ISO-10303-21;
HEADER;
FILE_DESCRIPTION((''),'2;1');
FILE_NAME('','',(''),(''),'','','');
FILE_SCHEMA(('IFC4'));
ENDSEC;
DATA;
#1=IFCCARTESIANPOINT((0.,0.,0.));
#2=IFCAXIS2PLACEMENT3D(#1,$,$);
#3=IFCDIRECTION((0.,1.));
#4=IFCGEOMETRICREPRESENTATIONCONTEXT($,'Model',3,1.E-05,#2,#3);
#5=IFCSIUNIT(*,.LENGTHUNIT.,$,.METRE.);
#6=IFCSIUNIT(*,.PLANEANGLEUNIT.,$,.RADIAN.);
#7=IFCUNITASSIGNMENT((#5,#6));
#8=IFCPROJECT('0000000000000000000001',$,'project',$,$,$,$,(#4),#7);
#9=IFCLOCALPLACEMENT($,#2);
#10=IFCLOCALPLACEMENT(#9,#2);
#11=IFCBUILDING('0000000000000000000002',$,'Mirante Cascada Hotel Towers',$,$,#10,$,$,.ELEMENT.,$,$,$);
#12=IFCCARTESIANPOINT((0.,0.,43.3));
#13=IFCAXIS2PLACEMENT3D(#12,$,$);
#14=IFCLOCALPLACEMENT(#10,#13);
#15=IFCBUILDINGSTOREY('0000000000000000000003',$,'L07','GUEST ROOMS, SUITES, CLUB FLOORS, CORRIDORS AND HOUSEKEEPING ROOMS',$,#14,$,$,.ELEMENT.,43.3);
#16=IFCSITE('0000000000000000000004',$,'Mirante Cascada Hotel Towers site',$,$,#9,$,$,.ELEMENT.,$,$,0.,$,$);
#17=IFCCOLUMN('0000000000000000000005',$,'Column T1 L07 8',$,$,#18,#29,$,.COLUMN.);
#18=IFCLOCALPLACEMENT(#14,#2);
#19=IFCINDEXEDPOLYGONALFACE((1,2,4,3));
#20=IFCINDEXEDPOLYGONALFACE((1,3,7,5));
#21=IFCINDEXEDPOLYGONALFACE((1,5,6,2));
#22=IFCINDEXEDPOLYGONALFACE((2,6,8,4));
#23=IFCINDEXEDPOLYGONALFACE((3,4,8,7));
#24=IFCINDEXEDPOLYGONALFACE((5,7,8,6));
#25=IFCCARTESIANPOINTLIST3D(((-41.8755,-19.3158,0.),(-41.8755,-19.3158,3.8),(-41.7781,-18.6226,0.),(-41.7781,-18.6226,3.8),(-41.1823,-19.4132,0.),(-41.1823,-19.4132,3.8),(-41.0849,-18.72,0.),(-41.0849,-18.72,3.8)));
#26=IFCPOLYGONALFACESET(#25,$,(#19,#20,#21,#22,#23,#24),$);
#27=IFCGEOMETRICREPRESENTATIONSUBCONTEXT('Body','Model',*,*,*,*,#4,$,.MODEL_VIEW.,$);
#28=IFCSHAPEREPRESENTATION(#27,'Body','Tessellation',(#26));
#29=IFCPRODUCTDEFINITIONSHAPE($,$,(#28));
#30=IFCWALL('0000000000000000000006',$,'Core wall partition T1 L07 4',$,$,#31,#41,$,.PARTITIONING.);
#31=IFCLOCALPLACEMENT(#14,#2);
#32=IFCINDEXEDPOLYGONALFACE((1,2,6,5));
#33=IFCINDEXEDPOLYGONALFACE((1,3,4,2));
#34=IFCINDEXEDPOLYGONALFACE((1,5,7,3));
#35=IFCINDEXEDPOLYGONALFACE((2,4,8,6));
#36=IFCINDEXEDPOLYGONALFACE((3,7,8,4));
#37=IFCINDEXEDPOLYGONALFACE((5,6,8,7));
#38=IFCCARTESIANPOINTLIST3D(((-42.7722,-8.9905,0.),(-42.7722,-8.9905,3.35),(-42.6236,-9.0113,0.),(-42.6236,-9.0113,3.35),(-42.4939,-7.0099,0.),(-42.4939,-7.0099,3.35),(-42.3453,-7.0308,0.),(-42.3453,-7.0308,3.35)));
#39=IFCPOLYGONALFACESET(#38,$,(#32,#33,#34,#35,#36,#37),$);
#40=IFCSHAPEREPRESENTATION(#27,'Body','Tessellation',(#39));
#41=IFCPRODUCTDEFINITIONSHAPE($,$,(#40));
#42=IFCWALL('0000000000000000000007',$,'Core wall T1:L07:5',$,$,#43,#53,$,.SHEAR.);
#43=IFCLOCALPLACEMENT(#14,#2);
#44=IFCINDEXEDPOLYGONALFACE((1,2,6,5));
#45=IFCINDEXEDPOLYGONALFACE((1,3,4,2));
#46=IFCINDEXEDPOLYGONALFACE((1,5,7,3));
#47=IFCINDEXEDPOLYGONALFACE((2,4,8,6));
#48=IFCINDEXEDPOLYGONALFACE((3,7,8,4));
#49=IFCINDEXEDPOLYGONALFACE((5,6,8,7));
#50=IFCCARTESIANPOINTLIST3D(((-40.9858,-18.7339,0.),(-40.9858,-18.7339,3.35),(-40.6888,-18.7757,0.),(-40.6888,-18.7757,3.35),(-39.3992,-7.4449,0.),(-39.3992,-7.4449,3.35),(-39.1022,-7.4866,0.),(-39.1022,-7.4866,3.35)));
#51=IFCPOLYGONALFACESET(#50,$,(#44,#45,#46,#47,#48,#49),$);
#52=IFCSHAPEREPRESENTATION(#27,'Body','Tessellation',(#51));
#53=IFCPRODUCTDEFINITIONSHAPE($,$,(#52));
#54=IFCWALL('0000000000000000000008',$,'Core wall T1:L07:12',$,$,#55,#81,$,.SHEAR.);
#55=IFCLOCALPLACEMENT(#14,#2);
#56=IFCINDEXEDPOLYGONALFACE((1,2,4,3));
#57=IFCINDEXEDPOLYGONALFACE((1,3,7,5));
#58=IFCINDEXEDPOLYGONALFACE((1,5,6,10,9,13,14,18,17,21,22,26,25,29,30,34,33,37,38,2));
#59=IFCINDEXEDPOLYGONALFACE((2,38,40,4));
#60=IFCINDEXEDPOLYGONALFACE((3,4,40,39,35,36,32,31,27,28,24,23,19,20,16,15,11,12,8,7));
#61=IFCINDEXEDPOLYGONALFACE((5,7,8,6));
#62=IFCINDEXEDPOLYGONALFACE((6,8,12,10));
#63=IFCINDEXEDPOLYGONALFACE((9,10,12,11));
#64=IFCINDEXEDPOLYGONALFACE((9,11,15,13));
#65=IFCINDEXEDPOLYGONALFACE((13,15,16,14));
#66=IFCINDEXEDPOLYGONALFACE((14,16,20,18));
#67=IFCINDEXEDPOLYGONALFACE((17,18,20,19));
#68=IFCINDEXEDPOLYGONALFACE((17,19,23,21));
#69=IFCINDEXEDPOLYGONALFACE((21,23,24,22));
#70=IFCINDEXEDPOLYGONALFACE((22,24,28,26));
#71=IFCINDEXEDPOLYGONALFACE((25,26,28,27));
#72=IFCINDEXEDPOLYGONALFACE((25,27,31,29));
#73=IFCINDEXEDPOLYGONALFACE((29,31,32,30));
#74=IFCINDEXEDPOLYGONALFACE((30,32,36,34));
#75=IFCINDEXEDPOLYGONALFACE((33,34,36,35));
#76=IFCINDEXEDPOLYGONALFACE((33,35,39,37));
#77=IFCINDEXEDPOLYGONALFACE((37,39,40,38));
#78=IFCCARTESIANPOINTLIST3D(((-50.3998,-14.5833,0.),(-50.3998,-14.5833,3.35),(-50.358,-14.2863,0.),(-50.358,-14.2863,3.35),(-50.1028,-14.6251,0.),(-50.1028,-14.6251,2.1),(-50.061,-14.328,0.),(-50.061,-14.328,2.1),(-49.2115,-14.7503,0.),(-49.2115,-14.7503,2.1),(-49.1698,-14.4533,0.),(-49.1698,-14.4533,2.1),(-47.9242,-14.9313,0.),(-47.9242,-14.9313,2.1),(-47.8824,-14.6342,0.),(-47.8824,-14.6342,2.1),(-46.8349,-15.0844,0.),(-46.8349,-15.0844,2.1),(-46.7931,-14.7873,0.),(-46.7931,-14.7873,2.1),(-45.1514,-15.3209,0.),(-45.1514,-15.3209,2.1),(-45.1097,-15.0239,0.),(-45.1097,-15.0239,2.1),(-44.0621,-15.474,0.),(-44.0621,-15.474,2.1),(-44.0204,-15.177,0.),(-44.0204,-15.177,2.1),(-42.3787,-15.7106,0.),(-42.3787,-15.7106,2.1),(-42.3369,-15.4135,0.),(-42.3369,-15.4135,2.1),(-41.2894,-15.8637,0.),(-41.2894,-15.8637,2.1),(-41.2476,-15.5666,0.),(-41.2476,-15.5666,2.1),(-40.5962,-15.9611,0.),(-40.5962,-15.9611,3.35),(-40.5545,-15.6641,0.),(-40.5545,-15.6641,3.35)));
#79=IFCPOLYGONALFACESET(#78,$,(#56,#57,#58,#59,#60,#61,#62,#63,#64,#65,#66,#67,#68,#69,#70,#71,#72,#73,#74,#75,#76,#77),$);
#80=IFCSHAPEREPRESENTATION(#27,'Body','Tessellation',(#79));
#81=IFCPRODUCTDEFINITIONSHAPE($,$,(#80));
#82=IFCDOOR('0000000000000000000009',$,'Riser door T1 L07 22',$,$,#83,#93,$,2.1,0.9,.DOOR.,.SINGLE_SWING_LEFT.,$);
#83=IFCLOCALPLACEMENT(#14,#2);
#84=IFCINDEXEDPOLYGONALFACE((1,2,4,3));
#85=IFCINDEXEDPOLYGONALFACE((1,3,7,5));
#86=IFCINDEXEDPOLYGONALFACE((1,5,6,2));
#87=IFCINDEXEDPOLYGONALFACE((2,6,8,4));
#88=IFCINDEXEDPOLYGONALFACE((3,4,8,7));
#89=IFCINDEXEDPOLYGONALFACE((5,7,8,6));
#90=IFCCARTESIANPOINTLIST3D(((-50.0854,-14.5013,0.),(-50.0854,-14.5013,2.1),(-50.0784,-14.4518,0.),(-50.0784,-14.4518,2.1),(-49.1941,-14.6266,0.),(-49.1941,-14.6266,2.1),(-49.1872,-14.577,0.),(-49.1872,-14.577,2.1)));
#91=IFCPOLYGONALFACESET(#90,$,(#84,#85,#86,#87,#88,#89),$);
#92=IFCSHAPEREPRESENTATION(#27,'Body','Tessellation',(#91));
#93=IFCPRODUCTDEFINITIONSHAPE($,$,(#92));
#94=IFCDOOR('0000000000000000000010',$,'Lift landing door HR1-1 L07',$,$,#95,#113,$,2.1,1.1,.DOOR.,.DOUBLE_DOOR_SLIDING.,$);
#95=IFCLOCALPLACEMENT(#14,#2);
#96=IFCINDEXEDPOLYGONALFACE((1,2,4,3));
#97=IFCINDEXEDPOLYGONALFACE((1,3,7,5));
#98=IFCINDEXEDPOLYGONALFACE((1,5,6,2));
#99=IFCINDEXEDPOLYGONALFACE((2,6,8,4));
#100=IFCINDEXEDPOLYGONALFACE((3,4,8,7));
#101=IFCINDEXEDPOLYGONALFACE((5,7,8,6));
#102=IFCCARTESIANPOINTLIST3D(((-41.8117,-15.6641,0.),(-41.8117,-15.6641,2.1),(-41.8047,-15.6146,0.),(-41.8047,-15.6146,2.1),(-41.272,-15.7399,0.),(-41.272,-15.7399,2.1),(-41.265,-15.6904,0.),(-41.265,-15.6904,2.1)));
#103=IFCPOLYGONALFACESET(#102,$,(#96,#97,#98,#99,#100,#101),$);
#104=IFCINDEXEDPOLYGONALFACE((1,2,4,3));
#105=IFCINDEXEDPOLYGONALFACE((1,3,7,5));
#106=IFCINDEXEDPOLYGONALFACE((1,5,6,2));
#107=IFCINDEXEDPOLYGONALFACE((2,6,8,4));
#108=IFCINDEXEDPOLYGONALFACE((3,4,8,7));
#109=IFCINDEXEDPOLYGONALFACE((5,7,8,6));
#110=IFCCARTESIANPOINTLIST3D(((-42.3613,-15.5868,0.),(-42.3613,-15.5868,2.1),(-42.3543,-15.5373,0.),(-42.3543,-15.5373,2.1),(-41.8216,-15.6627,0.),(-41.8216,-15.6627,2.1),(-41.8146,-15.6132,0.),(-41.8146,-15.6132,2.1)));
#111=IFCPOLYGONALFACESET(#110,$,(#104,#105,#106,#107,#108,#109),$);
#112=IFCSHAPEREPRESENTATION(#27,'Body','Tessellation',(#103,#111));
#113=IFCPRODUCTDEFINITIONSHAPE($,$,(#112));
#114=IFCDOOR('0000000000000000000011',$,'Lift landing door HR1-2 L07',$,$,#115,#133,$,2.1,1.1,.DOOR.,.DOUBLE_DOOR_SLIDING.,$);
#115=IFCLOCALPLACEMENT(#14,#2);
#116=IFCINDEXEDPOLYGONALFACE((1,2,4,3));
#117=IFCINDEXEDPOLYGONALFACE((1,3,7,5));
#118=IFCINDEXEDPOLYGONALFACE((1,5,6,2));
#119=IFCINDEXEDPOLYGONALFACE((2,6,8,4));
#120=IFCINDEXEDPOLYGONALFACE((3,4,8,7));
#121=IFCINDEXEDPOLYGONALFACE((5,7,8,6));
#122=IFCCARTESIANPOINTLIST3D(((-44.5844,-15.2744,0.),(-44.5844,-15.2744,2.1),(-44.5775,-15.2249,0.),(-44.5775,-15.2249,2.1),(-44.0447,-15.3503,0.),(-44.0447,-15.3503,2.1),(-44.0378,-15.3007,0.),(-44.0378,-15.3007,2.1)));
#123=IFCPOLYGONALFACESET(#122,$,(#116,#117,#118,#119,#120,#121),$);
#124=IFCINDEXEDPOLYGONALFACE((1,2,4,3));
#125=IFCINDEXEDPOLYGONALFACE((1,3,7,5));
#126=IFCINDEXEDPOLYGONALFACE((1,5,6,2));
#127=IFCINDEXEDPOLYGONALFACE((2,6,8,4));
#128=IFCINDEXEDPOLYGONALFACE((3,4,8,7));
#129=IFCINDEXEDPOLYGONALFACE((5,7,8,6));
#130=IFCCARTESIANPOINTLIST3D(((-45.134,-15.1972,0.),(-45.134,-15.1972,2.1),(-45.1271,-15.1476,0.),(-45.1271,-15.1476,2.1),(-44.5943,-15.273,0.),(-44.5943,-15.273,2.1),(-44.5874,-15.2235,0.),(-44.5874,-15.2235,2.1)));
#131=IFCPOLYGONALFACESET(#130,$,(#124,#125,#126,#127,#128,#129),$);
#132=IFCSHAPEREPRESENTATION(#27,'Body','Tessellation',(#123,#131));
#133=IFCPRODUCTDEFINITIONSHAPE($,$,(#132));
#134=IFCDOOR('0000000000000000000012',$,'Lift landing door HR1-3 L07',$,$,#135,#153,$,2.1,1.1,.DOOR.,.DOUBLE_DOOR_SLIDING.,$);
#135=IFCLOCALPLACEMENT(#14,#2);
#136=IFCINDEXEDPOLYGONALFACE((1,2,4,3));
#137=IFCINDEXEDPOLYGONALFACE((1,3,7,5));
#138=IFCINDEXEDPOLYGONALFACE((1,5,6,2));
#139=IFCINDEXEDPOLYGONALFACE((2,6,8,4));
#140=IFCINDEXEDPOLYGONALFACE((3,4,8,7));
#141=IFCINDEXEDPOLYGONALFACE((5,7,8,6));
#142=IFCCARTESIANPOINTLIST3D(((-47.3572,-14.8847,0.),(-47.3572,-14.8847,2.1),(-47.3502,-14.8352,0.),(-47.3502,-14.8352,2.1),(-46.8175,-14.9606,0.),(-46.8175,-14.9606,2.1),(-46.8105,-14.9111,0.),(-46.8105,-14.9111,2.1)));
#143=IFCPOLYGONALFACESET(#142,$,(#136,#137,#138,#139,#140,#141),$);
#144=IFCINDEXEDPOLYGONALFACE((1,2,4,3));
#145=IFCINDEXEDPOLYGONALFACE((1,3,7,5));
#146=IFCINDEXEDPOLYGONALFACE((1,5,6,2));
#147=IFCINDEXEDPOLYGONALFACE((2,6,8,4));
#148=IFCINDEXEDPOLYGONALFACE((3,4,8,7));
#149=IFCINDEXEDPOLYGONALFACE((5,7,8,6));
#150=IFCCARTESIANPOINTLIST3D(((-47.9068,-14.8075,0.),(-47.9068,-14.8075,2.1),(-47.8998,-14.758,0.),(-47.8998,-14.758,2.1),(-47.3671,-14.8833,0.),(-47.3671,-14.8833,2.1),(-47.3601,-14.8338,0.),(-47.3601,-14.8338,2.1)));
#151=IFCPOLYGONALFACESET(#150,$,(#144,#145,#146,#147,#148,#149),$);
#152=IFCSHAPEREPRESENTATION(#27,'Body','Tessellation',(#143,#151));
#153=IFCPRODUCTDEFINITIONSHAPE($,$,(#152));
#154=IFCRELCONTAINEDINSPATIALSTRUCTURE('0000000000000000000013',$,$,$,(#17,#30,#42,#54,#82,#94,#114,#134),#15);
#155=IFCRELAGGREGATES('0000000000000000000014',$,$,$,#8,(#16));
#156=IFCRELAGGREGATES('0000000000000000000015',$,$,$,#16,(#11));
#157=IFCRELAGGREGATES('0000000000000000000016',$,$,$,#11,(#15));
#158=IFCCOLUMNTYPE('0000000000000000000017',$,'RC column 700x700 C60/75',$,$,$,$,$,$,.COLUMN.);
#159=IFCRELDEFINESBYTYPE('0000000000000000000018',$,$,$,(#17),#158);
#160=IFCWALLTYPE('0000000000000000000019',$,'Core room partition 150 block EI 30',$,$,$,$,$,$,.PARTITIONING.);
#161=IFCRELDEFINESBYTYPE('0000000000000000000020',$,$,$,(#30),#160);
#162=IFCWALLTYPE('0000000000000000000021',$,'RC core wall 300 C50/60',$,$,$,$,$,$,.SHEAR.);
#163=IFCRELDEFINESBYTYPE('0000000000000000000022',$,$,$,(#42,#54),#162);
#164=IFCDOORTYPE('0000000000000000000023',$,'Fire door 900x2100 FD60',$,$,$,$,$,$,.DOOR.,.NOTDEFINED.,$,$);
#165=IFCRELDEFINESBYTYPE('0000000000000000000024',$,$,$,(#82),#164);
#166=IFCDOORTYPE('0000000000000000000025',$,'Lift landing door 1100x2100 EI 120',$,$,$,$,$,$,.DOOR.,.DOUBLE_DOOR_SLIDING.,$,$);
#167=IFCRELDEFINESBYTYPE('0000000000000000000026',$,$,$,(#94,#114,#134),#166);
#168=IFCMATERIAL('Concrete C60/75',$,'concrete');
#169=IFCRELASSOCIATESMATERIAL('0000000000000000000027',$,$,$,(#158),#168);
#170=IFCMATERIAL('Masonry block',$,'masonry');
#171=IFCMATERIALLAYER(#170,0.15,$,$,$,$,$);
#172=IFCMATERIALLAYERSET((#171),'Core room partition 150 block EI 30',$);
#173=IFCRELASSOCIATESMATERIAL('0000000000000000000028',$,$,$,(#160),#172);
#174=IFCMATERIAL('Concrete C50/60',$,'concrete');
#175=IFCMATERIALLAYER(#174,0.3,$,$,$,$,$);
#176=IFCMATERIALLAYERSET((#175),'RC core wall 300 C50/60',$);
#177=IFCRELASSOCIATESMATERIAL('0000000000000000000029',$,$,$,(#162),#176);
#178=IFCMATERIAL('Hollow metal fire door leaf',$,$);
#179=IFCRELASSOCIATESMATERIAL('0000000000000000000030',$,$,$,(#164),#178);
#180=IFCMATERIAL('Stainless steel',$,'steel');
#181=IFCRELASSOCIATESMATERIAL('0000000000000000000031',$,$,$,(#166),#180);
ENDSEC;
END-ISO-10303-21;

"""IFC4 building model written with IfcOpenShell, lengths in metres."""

from ifc_helpers import new_model, si_unit, direction, frame, frame_2d, origin, origin_2d, place, context, subcontext, project, spatial, rectangle, extrude, material, layer, layer_set, material_profile, profile_set, type_object, element, fill, save


model = new_model("IFC4")

# Units and contexts
model_context = context("Model", 3, precision=1e-05, world=origin(), true_north=direction((0.0, 1.0)))
body_context = subcontext(model_context, "Body", "Model", "MODEL_VIEW")
ifc_project = project(units=[si_unit("LENGTHUNIT", "METRE"), si_unit("PLANEANGLEUNIT", "RADIAN")], contexts=[model_context])

# Site, building, storey
site_placement = place(None, origin())
site = spatial("IfcSite", under=ifc_project, at=site_placement, Name="Mirante Cascada Hotel Towers site", CompositionType="ELEMENT", RefElevation=0.0)
building_placement = place(site_placement, origin())
building = spatial("IfcBuilding", under=site, at=building_placement, Name="Mirante Cascada Hotel Towers", CompositionType="ELEMENT")
storey_placement = place(building_placement, frame((0.0, 0.0, 43.3)))
storey = spatial("IfcBuildingStorey", under=building, at=storey_placement, Name="L07", Description="GUEST ROOMS, SUITES, CLUB FLOORS, CORRIDORS AND HOUSEKEEPING ROOMS", CompositionType="ELEMENT", Elevation=43.3)

# Column
ifc_material_1 = material(Name="Concrete C60/75", Category="concrete")
ifc_material_profile = material_profile(ifc_material_1, rectangle(XDim=0.7, YDim=0.7, at=origin_2d()), Name="RC column 700x700 C60/75")
ifc_profile_set = profile_set([ifc_material_profile], Name="Concrete C60/75")
column_type = type_object("IfcColumnType", Name="RC column 700x700 C60/75", PredefinedType="COLUMN", material=ifc_profile_set)
column_placement = place(storey_placement, frame((-41.4802, -19.0179, 0.0), z_axis=(0.0, 0.0, 1.0), x_axis=(-0.990268, 0.139173, 0.0)))
element("IfcColumn", 1, at=column_placement, inside=storey, type_object=column_type, Name="Column T1 L07 8", PredefinedType="COLUMN", context=body_context, shape_type="SweptSolid", body=[
    extrude(rectangle(XDim=0.7, YDim=0.7, at=origin_2d()), origin(), (0.0, 0.0, 1.0), 3.8),
])

# Walls
ifc_material_2 = material(Name="Masonry block", Category="masonry")
ifc_layer_1 = layer(ifc_material_2, 0.15)
ifc_layer_set_1 = layer_set([ifc_layer_1], Name="Core room partition 150 block EI 30")
wall_type_1 = type_object("IfcWallType", Name="Core room partition 150 block EI 30", PredefinedType="PARTITIONING", material=ifc_layer_set_1)
wall_1_placement = place(storey_placement, frame((-42.6979, -9.0009, 0.0), z_axis=(0.0, 0.0, 1.0), x_axis=(0.139153, 0.990271, 0.0)))
element("IfcWall", 2, at=wall_1_placement, inside=storey, type_object=wall_type_1, Name="Core wall partition T1 L07 4", PredefinedType="PARTITIONING", context=body_context, shape_type="SweptSolid", body=[
    extrude(rectangle(XDim=2.0, YDim=0.15, at=frame_2d((1.0, 0.0))), origin(), (0.0, 0.0, 1.0), 3.35),
])
ifc_material_3 = material(Name="Concrete C50/60", Category="concrete")
ifc_layer_2 = layer(ifc_material_3, 0.3)
ifc_layer_set_2 = layer_set([ifc_layer_2], Name="RC core wall 300 C50/60")
wall_type_2 = type_object("IfcWallType", Name="RC core wall 300 C50/60", PredefinedType="SHEAR", material=ifc_layer_set_2)
wall_2_placement = place(storey_placement, frame((-40.8373, -18.7548, 0.0), z_axis=(0.0, 0.0, 1.0), x_axis=(0.139175, 0.990268, 0.0)))
element("IfcWall", 3, at=wall_2_placement, inside=storey, type_object=wall_type_2, Name="Core wall T1:L07:5", PredefinedType="SHEAR", context=body_context, shape_type="SweptSolid", body=[
    extrude(rectangle(XDim=11.4, YDim=0.3, at=frame_2d((5.7, 0.0))), origin(), (0.0, 0.0, 1.0), 3.35),
])

# Wall, openings, doors
wall_3_placement = place(storey_placement, frame((-40.5753, -15.8126, 0.0), z_axis=(0.0, 0.0, 1.0), x_axis=(-0.990268, 0.139173, 0.0)))
wall_3 = element("IfcWall", 4, at=wall_3_placement, inside=storey, type_object=wall_type_2, Name="Core wall T1:L07:12", PredefinedType="SHEAR", context=body_context, shape_type="SweptSolid", body=[
    extrude(rectangle(XDim=9.8999, YDim=0.3, at=frame_2d((4.95, 0.0))), origin(), (0.0, 0.0, 1.0), 3.35),
])
opening_1_placement = place(wall_3_placement, frame((0.7, 0.0, 0.0)))
opening_1 = element("IfcOpeningElement", 5, at=opening_1_placement, cuts=wall_3, PredefinedType="OPENING", context=body_context, shape_type="SweptSolid", body=[
    extrude(rectangle(XDim=1.1, YDim=2.1, at=frame_2d((0.55, 1.05))), frame((0.0, 0.15, 0.0), z_axis=(0.0, -1.0, 0.0), x_axis=(1.0, 0.0, 0.0)), (0.0, 0.0, 1.0), 0.3),
])
opening_2_placement = place(wall_3_placement, frame((3.5, 0.0, 0.0)))
opening_2 = element("IfcOpeningElement", 6, at=opening_2_placement, cuts=wall_3, PredefinedType="OPENING", context=body_context, shape_type="SweptSolid", body=[
    extrude(rectangle(XDim=1.1, YDim=2.1, at=frame_2d((0.55, 1.05))), frame((0.0, 0.15, 0.0), z_axis=(0.0, -1.0, 0.0), x_axis=(1.0, 0.0, 0.0)), (0.0, 0.0, 1.0), 0.3),
])
opening_3_placement = place(wall_3_placement, frame((6.3, 0.0, 0.0)))
opening_3 = element("IfcOpeningElement", 7, at=opening_3_placement, cuts=wall_3, PredefinedType="OPENING", context=body_context, shape_type="SweptSolid", body=[
    extrude(rectangle(XDim=1.1, YDim=2.1, at=frame_2d((0.55, 1.05))), frame((0.0, 0.15, 0.0), z_axis=(0.0, -1.0, 0.0), x_axis=(1.0, 0.0, 0.0)), (0.0, 0.0, 1.0), 0.3),
])
opening_4_placement = place(wall_3_placement, frame((8.7, 0.0, 0.0)))
opening_4 = element("IfcOpeningElement", 8, at=opening_4_placement, cuts=wall_3, PredefinedType="OPENING", context=body_context, shape_type="SweptSolid", body=[
    extrude(rectangle(XDim=0.9, YDim=2.1, at=frame_2d((0.45, 1.05))), frame((0.0, 0.15, 0.0), z_axis=(0.0, -1.0, 0.0), x_axis=(1.0, 0.0, 0.0)), (0.0, 0.0, 1.0), 0.3),
])
ifc_material_4 = material(Name="Hollow metal fire door leaf")
door_type_1 = type_object("IfcDoorType", Name="Fire door 900x2100 FD60", OperationType="NOTDEFINED", PredefinedType="DOOR", material=ifc_material_4)
door_1_placement = place(opening_4_placement, origin())
door_1 = element("IfcDoor", 9, at=door_1_placement, inside=storey, type_object=door_type_1, Name="Riser door T1 L07 22", OperationType="SINGLE_SWING_LEFT", OverallHeight=2.1, OverallWidth=0.9, PredefinedType="DOOR", context=body_context, shape_type="SweptSolid", body=[
    extrude(rectangle(XDim=0.9, YDim=2.1, at=frame_2d((0.45, 1.05))), frame((0.0, 0.025, 0.0), z_axis=(0.0, -1.0, 0.0), x_axis=(1.0, 0.0, 0.0)), (0.0, 0.0, 1.0), 0.05),
])
fill(opening_4, door_1)
ifc_material_5 = material(Name="Stainless steel", Category="steel")
door_type_2 = type_object("IfcDoorType", Name="Lift landing door 1100x2100 EI 120", OperationType="DOUBLE_DOOR_SLIDING", PredefinedType="DOOR", material=ifc_material_5)
door_2_placement = place(opening_1_placement, origin())
door_2 = element("IfcDoor", 10, at=door_2_placement, inside=storey, type_object=door_type_2, Name="Lift landing door HR1-1 L07", OperationType="DOUBLE_DOOR_SLIDING", OverallHeight=2.1, OverallWidth=1.1, PredefinedType="DOOR", context=body_context, shape_type="SweptSolid", body=[
    extrude(rectangle(XDim=0.545, YDim=2.1, at=frame_2d((0.2725, 1.05))), frame((0.0, 0.025, 0.0), z_axis=(0.0, -1.0, 0.0), x_axis=(1.0, 0.0, 0.0)), (0.0, 0.0, 1.0), 0.05),
    extrude(rectangle(XDim=0.545, YDim=2.1, at=frame_2d((0.8275, 1.05))), frame((0.0, 0.025, 0.0), z_axis=(0.0, -1.0, 0.0), x_axis=(1.0, 0.0, 0.0)), (0.0, 0.0, 1.0), 0.05),
])
fill(opening_1, door_2)
door_3_placement = place(opening_2_placement, origin())
door_3 = element("IfcDoor", 11, at=door_3_placement, inside=storey, type_object=door_type_2, Name="Lift landing door HR1-2 L07", OperationType="DOUBLE_DOOR_SLIDING", OverallHeight=2.1, OverallWidth=1.1, PredefinedType="DOOR", context=body_context, shape_type="SweptSolid", body=[
    extrude(rectangle(XDim=0.545, YDim=2.1, at=frame_2d((0.2725, 1.05))), frame((0.0, 0.025, 0.0), z_axis=(0.0, -1.0, 0.0), x_axis=(1.0, 0.0, 0.0)), (0.0, 0.0, 1.0), 0.05),
    extrude(rectangle(XDim=0.545, YDim=2.1, at=frame_2d((0.8275, 1.05))), frame((0.0, 0.025, 0.0), z_axis=(0.0, -1.0, 0.0), x_axis=(1.0, 0.0, 0.0)), (0.0, 0.0, 1.0), 0.05),
])
fill(opening_2, door_3)
door_4_placement = place(opening_3_placement, origin())
door_4 = element("IfcDoor", 12, at=door_4_placement, inside=storey, type_object=door_type_2, Name="Lift landing door HR1-3 L07", OperationType="DOUBLE_DOOR_SLIDING", OverallHeight=2.1, OverallWidth=1.1, PredefinedType="DOOR", context=body_context, shape_type="SweptSolid", body=[
    extrude(rectangle(XDim=0.545, YDim=2.1, at=frame_2d((0.2725, 1.05))), frame((0.0, 0.025, 0.0), z_axis=(0.0, -1.0, 0.0), x_axis=(1.0, 0.0, 0.0)), (0.0, 0.0, 1.0), 0.05),
    extrude(rectangle(XDim=0.545, YDim=2.1, at=frame_2d((0.8275, 1.05))), frame((0.0, 0.025, 0.0), z_axis=(0.0, -1.0, 0.0), x_axis=(1.0, 0.0, 0.0)), (0.0, 0.0, 1.0), 0.05),
])
fill(opening_3, door_4)

save(model, "model.ifc")
